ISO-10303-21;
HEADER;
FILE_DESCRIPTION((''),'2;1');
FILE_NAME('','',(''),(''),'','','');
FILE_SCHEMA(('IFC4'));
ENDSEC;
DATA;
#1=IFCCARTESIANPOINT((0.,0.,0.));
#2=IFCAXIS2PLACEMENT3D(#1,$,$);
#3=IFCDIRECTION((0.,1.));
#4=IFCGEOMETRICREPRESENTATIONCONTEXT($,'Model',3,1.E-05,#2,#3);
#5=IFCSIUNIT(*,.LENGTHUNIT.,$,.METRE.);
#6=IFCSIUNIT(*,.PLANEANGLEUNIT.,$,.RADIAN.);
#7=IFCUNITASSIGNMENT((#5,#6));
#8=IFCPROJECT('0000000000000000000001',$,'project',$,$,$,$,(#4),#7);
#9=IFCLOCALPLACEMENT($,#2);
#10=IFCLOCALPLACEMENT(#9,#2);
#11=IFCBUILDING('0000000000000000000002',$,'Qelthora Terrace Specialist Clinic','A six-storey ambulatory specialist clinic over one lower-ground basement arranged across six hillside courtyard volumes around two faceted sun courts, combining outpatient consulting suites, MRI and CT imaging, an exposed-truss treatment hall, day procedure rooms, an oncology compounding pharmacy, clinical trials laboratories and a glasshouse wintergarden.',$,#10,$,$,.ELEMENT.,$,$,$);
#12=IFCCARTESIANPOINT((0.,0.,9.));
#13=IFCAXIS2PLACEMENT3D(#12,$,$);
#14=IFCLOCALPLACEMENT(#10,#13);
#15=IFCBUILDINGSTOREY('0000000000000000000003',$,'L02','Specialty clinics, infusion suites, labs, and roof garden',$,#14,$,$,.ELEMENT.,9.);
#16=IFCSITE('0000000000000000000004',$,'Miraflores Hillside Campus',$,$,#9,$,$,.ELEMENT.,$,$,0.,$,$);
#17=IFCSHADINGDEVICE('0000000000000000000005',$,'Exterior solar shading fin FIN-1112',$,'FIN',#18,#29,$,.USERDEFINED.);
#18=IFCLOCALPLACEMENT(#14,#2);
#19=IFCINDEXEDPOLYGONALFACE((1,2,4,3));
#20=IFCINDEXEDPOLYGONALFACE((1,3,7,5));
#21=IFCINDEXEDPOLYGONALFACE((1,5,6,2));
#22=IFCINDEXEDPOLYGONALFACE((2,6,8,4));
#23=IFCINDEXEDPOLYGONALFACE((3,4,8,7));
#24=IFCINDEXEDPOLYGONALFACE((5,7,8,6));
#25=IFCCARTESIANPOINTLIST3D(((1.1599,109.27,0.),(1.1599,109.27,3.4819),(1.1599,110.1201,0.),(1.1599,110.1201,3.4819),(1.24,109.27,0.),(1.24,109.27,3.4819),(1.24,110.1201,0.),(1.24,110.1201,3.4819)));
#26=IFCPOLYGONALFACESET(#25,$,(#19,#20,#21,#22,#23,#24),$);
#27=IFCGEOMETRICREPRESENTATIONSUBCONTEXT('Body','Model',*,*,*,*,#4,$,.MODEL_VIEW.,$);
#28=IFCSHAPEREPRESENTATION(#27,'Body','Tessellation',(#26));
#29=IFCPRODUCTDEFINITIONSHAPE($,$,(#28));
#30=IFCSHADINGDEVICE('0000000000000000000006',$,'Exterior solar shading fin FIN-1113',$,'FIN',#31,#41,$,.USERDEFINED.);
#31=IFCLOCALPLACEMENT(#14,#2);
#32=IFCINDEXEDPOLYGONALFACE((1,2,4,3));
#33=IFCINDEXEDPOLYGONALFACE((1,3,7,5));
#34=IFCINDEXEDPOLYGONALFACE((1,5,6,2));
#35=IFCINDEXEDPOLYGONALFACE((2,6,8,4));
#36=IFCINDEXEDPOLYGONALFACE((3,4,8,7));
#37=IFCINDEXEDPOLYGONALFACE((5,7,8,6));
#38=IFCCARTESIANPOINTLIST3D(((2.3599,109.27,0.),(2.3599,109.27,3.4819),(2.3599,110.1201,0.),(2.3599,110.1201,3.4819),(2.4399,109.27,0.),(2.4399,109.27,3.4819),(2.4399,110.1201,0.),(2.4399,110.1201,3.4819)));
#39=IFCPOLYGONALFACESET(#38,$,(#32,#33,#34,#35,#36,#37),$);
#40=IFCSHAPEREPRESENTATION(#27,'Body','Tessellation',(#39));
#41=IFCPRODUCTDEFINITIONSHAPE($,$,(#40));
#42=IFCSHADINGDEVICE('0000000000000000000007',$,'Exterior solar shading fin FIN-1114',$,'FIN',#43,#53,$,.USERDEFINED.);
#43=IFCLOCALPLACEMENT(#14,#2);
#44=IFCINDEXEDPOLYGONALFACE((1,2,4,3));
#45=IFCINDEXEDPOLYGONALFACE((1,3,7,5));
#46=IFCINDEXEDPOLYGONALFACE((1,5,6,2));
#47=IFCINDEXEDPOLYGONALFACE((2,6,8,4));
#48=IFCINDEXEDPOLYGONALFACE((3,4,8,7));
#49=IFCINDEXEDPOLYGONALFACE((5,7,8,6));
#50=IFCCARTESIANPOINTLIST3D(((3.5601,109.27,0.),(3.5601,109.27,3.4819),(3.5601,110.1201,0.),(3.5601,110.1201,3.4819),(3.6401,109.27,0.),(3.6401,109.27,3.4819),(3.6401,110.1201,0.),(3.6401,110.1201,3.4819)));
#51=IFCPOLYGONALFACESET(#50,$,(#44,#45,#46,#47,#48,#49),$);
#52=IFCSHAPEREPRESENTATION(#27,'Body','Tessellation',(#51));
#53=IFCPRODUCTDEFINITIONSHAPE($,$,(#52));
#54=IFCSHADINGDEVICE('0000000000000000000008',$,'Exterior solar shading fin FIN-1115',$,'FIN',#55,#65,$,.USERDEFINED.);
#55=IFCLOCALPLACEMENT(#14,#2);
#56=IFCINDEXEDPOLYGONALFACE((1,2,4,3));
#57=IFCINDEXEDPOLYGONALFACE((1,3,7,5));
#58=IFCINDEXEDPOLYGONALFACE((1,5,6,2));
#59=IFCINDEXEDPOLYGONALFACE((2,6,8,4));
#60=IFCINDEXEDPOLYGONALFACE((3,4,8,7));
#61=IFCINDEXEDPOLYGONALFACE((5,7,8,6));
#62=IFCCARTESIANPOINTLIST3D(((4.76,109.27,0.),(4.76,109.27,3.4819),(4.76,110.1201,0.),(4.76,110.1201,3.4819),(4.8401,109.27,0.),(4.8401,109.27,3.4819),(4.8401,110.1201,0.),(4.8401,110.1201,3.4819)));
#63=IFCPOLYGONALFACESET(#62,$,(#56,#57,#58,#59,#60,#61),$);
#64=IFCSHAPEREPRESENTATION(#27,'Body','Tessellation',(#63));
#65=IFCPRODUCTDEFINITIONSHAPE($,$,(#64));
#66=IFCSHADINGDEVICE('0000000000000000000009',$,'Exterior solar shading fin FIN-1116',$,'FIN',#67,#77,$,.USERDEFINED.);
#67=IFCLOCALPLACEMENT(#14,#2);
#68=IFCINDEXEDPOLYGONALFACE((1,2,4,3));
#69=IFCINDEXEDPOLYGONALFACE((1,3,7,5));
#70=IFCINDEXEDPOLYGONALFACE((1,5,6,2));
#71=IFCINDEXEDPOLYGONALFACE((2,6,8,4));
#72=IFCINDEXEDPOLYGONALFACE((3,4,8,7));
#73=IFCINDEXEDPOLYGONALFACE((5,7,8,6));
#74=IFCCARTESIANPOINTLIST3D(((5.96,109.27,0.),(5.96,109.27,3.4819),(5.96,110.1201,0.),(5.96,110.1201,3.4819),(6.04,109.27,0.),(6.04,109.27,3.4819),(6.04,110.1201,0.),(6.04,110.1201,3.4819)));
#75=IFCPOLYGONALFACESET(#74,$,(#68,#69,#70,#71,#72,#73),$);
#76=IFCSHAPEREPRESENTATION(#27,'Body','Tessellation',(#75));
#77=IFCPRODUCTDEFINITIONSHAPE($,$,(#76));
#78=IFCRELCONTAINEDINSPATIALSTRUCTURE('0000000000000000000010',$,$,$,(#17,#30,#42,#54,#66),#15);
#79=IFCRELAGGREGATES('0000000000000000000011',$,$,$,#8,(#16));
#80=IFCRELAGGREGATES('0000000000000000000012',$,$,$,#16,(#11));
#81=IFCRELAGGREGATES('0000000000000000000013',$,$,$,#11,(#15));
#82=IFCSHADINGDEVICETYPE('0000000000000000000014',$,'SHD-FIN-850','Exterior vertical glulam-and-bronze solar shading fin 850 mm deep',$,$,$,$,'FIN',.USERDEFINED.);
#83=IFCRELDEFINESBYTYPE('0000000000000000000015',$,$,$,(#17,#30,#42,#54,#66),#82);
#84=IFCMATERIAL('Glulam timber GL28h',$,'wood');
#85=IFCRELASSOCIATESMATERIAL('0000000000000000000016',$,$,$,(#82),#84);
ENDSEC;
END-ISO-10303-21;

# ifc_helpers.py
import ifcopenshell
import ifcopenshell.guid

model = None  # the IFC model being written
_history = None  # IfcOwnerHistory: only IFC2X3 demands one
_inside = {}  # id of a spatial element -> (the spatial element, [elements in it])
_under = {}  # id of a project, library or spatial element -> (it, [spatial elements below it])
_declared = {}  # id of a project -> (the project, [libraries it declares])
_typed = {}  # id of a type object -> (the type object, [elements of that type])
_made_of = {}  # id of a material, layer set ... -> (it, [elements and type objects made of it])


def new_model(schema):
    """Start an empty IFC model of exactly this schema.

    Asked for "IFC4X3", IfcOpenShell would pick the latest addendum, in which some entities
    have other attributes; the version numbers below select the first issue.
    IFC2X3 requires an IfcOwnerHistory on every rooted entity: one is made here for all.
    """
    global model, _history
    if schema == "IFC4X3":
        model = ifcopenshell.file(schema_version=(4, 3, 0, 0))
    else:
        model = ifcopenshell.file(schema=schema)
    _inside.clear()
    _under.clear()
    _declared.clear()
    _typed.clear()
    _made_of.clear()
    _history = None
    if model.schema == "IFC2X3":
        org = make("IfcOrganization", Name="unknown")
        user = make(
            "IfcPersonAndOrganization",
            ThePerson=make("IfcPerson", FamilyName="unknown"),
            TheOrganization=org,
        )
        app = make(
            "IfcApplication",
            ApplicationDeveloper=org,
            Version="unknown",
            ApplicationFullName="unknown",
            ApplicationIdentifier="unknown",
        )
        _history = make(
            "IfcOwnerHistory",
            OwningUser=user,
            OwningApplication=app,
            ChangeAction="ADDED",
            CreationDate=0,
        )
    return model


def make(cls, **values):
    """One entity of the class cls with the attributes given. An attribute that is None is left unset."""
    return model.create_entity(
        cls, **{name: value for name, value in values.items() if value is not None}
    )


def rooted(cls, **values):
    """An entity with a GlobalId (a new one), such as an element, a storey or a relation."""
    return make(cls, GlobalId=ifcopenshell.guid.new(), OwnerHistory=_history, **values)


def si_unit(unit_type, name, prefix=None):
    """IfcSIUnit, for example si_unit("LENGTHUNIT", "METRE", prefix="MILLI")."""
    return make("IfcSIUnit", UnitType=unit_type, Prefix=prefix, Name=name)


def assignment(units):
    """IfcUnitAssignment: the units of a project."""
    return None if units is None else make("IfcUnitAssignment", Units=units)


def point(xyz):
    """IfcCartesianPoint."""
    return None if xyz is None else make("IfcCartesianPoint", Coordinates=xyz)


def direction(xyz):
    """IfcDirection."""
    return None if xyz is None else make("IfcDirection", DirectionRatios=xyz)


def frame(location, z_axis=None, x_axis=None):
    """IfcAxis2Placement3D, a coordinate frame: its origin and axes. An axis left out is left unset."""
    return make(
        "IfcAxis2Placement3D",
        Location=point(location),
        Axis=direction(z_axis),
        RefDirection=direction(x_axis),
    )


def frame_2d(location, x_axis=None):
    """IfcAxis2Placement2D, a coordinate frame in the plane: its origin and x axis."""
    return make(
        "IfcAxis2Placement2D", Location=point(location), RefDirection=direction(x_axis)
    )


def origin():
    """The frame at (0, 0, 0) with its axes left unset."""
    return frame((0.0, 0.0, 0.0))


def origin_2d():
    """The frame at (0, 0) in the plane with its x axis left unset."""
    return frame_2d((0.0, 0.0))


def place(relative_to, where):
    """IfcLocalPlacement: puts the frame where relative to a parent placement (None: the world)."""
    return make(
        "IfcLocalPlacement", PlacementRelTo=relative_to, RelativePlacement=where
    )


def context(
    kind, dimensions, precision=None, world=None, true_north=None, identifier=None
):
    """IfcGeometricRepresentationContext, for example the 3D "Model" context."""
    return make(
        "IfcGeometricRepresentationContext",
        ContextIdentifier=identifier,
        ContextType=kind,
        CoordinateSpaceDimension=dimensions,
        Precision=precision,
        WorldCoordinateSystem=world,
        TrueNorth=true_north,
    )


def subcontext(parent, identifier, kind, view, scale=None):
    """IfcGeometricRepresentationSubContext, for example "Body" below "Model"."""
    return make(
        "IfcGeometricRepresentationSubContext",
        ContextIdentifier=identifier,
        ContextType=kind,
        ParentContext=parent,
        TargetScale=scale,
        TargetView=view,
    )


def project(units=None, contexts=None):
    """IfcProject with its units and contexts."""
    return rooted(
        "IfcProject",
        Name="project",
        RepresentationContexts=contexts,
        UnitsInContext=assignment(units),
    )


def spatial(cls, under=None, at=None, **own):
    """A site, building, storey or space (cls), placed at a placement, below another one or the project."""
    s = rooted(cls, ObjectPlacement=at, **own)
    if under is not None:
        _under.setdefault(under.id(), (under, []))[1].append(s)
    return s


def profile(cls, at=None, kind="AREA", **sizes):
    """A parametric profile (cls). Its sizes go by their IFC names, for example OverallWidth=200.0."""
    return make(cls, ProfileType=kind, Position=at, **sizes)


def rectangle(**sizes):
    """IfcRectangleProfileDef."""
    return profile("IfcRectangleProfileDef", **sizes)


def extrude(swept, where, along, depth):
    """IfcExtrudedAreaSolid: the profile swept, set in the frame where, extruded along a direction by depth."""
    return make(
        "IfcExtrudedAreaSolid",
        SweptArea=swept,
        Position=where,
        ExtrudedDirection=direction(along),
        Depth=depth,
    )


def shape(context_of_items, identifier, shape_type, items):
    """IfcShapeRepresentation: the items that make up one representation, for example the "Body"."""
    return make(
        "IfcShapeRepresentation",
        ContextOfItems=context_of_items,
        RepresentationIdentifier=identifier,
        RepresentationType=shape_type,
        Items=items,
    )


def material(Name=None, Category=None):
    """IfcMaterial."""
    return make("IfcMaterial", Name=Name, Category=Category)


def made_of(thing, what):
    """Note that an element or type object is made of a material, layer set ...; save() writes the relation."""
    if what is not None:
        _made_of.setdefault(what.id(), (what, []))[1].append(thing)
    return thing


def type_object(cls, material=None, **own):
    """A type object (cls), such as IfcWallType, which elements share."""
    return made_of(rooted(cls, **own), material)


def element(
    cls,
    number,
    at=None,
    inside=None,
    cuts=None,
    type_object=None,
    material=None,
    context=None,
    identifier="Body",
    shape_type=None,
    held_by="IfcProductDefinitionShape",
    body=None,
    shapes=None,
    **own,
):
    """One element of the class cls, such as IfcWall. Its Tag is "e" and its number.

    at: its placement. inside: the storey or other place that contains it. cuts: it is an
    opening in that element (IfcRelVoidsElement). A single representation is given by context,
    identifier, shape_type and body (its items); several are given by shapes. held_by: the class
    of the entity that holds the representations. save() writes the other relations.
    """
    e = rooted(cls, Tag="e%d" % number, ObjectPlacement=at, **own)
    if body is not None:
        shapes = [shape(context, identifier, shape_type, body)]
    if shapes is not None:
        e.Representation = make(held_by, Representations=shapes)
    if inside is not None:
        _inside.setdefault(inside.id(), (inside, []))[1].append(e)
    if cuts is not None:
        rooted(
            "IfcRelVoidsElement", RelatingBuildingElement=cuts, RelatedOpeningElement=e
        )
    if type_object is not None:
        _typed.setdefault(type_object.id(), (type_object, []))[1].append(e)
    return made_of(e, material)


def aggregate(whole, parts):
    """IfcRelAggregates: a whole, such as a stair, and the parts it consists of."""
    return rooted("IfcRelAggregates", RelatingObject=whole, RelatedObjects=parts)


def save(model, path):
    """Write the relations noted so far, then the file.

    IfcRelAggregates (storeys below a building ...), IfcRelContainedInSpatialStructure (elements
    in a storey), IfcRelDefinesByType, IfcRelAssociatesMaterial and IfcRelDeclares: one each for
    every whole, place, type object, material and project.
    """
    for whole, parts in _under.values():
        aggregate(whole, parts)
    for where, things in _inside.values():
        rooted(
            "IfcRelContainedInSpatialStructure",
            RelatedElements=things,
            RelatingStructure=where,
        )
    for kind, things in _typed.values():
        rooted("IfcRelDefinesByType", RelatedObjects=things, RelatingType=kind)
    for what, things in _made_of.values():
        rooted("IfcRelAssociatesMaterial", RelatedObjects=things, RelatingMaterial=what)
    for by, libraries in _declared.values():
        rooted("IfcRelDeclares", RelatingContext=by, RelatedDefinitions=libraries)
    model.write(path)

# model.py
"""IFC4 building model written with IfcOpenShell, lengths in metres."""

from ifc_helpers import new_model, si_unit, direction, frame, origin, origin_2d, place, context, subcontext, project, spatial, rectangle, extrude, material, type_object, element, save


model = new_model("IFC4")

# Units and contexts
model_context = context("Model", 3, precision=1e-05, world=origin(), true_north=direction((0.0, 1.0)))
body_context = subcontext(model_context, "Body", "Model", "MODEL_VIEW")
ifc_project = project(units=[si_unit("LENGTHUNIT", "METRE"), si_unit("PLANEANGLEUNIT", "RADIAN")], contexts=[model_context])

# Site, building, storey
site_placement = place(None, origin())
site = spatial("IfcSite", under=ifc_project, at=site_placement, Name="Miraflores Hillside Campus", CompositionType="ELEMENT", RefElevation=0.0)
building_placement = place(site_placement, origin())
building = spatial("IfcBuilding", under=site, at=building_placement, Name="Qelthora Terrace Specialist Clinic", Description="A six-storey ambulatory specialist clinic over one lower-ground basement arranged across six hillside courtyard volumes around two faceted sun courts, combining outpatient consulting suites, MRI and CT imaging, an exposed-truss treatment hall, day procedure rooms, an oncology compounding pharmacy, clinical trials laboratories and a glasshouse wintergarden.", CompositionType="ELEMENT")
storey_placement = place(building_placement, frame((0.0, 0.0, 9.0)))
storey = spatial("IfcBuildingStorey", under=building, at=storey_placement, Name="L02", Description="Specialty clinics, infusion suites, labs, and roof garden", CompositionType="ELEMENT", Elevation=9.0)

# Shading devices
ifc_material_1 = material(Name="Glulam timber GL28h", Category="wood")
shading_device_type = type_object("IfcShadingDeviceType", Name="SHD-FIN-850", Description="Exterior vertical glulam-and-bronze solar shading fin 850 mm deep", ElementType="FIN", PredefinedType="USERDEFINED", material=ifc_material_1)
for number, where, z_axis, x_axis, name in (
    (1, (1.2, 109.6951, 0.0), (0.0, 0.0, 1.0), (0.0, 1.0, 0.0), "Exterior solar shading fin FIN-1112"),
    (2, (2.3999, 109.6951, 0.0), (0.0, 0.0, 1.0), (0.0, 1.0, 0.0), "Exterior solar shading fin FIN-1113"),
    (3, (3.6001, 109.6951, 0.0), (0.0, 0.0, 1.0), (0.0, 1.0, 0.0), "Exterior solar shading fin FIN-1114"),
    (4, (4.8, 109.6951, 0.0), (0.0, 0.0, 1.0), (0.0, 1.0, 0.0), "Exterior solar shading fin FIN-1115"),
    (5, (6.0, 109.6951, 0.0), (0.0, 0.0, 1.0), (0.0, 1.0, 0.0), "Exterior solar shading fin FIN-1116"),
):
    element("IfcShadingDevice", number, at=place(storey_placement, frame(where, z_axis=z_axis, x_axis=x_axis)), inside=storey, type_object=shading_device_type, Name=name, ObjectType="FIN", PredefinedType="USERDEFINED", context=body_context, shape_type="SweptSolid", body=[
        extrude(rectangle(XDim=0.8501, YDim=0.0801, at=origin_2d()), origin(), (0.0, 0.0, 1.0), 3.4819),
    ])

save(model, "model.ifc")
